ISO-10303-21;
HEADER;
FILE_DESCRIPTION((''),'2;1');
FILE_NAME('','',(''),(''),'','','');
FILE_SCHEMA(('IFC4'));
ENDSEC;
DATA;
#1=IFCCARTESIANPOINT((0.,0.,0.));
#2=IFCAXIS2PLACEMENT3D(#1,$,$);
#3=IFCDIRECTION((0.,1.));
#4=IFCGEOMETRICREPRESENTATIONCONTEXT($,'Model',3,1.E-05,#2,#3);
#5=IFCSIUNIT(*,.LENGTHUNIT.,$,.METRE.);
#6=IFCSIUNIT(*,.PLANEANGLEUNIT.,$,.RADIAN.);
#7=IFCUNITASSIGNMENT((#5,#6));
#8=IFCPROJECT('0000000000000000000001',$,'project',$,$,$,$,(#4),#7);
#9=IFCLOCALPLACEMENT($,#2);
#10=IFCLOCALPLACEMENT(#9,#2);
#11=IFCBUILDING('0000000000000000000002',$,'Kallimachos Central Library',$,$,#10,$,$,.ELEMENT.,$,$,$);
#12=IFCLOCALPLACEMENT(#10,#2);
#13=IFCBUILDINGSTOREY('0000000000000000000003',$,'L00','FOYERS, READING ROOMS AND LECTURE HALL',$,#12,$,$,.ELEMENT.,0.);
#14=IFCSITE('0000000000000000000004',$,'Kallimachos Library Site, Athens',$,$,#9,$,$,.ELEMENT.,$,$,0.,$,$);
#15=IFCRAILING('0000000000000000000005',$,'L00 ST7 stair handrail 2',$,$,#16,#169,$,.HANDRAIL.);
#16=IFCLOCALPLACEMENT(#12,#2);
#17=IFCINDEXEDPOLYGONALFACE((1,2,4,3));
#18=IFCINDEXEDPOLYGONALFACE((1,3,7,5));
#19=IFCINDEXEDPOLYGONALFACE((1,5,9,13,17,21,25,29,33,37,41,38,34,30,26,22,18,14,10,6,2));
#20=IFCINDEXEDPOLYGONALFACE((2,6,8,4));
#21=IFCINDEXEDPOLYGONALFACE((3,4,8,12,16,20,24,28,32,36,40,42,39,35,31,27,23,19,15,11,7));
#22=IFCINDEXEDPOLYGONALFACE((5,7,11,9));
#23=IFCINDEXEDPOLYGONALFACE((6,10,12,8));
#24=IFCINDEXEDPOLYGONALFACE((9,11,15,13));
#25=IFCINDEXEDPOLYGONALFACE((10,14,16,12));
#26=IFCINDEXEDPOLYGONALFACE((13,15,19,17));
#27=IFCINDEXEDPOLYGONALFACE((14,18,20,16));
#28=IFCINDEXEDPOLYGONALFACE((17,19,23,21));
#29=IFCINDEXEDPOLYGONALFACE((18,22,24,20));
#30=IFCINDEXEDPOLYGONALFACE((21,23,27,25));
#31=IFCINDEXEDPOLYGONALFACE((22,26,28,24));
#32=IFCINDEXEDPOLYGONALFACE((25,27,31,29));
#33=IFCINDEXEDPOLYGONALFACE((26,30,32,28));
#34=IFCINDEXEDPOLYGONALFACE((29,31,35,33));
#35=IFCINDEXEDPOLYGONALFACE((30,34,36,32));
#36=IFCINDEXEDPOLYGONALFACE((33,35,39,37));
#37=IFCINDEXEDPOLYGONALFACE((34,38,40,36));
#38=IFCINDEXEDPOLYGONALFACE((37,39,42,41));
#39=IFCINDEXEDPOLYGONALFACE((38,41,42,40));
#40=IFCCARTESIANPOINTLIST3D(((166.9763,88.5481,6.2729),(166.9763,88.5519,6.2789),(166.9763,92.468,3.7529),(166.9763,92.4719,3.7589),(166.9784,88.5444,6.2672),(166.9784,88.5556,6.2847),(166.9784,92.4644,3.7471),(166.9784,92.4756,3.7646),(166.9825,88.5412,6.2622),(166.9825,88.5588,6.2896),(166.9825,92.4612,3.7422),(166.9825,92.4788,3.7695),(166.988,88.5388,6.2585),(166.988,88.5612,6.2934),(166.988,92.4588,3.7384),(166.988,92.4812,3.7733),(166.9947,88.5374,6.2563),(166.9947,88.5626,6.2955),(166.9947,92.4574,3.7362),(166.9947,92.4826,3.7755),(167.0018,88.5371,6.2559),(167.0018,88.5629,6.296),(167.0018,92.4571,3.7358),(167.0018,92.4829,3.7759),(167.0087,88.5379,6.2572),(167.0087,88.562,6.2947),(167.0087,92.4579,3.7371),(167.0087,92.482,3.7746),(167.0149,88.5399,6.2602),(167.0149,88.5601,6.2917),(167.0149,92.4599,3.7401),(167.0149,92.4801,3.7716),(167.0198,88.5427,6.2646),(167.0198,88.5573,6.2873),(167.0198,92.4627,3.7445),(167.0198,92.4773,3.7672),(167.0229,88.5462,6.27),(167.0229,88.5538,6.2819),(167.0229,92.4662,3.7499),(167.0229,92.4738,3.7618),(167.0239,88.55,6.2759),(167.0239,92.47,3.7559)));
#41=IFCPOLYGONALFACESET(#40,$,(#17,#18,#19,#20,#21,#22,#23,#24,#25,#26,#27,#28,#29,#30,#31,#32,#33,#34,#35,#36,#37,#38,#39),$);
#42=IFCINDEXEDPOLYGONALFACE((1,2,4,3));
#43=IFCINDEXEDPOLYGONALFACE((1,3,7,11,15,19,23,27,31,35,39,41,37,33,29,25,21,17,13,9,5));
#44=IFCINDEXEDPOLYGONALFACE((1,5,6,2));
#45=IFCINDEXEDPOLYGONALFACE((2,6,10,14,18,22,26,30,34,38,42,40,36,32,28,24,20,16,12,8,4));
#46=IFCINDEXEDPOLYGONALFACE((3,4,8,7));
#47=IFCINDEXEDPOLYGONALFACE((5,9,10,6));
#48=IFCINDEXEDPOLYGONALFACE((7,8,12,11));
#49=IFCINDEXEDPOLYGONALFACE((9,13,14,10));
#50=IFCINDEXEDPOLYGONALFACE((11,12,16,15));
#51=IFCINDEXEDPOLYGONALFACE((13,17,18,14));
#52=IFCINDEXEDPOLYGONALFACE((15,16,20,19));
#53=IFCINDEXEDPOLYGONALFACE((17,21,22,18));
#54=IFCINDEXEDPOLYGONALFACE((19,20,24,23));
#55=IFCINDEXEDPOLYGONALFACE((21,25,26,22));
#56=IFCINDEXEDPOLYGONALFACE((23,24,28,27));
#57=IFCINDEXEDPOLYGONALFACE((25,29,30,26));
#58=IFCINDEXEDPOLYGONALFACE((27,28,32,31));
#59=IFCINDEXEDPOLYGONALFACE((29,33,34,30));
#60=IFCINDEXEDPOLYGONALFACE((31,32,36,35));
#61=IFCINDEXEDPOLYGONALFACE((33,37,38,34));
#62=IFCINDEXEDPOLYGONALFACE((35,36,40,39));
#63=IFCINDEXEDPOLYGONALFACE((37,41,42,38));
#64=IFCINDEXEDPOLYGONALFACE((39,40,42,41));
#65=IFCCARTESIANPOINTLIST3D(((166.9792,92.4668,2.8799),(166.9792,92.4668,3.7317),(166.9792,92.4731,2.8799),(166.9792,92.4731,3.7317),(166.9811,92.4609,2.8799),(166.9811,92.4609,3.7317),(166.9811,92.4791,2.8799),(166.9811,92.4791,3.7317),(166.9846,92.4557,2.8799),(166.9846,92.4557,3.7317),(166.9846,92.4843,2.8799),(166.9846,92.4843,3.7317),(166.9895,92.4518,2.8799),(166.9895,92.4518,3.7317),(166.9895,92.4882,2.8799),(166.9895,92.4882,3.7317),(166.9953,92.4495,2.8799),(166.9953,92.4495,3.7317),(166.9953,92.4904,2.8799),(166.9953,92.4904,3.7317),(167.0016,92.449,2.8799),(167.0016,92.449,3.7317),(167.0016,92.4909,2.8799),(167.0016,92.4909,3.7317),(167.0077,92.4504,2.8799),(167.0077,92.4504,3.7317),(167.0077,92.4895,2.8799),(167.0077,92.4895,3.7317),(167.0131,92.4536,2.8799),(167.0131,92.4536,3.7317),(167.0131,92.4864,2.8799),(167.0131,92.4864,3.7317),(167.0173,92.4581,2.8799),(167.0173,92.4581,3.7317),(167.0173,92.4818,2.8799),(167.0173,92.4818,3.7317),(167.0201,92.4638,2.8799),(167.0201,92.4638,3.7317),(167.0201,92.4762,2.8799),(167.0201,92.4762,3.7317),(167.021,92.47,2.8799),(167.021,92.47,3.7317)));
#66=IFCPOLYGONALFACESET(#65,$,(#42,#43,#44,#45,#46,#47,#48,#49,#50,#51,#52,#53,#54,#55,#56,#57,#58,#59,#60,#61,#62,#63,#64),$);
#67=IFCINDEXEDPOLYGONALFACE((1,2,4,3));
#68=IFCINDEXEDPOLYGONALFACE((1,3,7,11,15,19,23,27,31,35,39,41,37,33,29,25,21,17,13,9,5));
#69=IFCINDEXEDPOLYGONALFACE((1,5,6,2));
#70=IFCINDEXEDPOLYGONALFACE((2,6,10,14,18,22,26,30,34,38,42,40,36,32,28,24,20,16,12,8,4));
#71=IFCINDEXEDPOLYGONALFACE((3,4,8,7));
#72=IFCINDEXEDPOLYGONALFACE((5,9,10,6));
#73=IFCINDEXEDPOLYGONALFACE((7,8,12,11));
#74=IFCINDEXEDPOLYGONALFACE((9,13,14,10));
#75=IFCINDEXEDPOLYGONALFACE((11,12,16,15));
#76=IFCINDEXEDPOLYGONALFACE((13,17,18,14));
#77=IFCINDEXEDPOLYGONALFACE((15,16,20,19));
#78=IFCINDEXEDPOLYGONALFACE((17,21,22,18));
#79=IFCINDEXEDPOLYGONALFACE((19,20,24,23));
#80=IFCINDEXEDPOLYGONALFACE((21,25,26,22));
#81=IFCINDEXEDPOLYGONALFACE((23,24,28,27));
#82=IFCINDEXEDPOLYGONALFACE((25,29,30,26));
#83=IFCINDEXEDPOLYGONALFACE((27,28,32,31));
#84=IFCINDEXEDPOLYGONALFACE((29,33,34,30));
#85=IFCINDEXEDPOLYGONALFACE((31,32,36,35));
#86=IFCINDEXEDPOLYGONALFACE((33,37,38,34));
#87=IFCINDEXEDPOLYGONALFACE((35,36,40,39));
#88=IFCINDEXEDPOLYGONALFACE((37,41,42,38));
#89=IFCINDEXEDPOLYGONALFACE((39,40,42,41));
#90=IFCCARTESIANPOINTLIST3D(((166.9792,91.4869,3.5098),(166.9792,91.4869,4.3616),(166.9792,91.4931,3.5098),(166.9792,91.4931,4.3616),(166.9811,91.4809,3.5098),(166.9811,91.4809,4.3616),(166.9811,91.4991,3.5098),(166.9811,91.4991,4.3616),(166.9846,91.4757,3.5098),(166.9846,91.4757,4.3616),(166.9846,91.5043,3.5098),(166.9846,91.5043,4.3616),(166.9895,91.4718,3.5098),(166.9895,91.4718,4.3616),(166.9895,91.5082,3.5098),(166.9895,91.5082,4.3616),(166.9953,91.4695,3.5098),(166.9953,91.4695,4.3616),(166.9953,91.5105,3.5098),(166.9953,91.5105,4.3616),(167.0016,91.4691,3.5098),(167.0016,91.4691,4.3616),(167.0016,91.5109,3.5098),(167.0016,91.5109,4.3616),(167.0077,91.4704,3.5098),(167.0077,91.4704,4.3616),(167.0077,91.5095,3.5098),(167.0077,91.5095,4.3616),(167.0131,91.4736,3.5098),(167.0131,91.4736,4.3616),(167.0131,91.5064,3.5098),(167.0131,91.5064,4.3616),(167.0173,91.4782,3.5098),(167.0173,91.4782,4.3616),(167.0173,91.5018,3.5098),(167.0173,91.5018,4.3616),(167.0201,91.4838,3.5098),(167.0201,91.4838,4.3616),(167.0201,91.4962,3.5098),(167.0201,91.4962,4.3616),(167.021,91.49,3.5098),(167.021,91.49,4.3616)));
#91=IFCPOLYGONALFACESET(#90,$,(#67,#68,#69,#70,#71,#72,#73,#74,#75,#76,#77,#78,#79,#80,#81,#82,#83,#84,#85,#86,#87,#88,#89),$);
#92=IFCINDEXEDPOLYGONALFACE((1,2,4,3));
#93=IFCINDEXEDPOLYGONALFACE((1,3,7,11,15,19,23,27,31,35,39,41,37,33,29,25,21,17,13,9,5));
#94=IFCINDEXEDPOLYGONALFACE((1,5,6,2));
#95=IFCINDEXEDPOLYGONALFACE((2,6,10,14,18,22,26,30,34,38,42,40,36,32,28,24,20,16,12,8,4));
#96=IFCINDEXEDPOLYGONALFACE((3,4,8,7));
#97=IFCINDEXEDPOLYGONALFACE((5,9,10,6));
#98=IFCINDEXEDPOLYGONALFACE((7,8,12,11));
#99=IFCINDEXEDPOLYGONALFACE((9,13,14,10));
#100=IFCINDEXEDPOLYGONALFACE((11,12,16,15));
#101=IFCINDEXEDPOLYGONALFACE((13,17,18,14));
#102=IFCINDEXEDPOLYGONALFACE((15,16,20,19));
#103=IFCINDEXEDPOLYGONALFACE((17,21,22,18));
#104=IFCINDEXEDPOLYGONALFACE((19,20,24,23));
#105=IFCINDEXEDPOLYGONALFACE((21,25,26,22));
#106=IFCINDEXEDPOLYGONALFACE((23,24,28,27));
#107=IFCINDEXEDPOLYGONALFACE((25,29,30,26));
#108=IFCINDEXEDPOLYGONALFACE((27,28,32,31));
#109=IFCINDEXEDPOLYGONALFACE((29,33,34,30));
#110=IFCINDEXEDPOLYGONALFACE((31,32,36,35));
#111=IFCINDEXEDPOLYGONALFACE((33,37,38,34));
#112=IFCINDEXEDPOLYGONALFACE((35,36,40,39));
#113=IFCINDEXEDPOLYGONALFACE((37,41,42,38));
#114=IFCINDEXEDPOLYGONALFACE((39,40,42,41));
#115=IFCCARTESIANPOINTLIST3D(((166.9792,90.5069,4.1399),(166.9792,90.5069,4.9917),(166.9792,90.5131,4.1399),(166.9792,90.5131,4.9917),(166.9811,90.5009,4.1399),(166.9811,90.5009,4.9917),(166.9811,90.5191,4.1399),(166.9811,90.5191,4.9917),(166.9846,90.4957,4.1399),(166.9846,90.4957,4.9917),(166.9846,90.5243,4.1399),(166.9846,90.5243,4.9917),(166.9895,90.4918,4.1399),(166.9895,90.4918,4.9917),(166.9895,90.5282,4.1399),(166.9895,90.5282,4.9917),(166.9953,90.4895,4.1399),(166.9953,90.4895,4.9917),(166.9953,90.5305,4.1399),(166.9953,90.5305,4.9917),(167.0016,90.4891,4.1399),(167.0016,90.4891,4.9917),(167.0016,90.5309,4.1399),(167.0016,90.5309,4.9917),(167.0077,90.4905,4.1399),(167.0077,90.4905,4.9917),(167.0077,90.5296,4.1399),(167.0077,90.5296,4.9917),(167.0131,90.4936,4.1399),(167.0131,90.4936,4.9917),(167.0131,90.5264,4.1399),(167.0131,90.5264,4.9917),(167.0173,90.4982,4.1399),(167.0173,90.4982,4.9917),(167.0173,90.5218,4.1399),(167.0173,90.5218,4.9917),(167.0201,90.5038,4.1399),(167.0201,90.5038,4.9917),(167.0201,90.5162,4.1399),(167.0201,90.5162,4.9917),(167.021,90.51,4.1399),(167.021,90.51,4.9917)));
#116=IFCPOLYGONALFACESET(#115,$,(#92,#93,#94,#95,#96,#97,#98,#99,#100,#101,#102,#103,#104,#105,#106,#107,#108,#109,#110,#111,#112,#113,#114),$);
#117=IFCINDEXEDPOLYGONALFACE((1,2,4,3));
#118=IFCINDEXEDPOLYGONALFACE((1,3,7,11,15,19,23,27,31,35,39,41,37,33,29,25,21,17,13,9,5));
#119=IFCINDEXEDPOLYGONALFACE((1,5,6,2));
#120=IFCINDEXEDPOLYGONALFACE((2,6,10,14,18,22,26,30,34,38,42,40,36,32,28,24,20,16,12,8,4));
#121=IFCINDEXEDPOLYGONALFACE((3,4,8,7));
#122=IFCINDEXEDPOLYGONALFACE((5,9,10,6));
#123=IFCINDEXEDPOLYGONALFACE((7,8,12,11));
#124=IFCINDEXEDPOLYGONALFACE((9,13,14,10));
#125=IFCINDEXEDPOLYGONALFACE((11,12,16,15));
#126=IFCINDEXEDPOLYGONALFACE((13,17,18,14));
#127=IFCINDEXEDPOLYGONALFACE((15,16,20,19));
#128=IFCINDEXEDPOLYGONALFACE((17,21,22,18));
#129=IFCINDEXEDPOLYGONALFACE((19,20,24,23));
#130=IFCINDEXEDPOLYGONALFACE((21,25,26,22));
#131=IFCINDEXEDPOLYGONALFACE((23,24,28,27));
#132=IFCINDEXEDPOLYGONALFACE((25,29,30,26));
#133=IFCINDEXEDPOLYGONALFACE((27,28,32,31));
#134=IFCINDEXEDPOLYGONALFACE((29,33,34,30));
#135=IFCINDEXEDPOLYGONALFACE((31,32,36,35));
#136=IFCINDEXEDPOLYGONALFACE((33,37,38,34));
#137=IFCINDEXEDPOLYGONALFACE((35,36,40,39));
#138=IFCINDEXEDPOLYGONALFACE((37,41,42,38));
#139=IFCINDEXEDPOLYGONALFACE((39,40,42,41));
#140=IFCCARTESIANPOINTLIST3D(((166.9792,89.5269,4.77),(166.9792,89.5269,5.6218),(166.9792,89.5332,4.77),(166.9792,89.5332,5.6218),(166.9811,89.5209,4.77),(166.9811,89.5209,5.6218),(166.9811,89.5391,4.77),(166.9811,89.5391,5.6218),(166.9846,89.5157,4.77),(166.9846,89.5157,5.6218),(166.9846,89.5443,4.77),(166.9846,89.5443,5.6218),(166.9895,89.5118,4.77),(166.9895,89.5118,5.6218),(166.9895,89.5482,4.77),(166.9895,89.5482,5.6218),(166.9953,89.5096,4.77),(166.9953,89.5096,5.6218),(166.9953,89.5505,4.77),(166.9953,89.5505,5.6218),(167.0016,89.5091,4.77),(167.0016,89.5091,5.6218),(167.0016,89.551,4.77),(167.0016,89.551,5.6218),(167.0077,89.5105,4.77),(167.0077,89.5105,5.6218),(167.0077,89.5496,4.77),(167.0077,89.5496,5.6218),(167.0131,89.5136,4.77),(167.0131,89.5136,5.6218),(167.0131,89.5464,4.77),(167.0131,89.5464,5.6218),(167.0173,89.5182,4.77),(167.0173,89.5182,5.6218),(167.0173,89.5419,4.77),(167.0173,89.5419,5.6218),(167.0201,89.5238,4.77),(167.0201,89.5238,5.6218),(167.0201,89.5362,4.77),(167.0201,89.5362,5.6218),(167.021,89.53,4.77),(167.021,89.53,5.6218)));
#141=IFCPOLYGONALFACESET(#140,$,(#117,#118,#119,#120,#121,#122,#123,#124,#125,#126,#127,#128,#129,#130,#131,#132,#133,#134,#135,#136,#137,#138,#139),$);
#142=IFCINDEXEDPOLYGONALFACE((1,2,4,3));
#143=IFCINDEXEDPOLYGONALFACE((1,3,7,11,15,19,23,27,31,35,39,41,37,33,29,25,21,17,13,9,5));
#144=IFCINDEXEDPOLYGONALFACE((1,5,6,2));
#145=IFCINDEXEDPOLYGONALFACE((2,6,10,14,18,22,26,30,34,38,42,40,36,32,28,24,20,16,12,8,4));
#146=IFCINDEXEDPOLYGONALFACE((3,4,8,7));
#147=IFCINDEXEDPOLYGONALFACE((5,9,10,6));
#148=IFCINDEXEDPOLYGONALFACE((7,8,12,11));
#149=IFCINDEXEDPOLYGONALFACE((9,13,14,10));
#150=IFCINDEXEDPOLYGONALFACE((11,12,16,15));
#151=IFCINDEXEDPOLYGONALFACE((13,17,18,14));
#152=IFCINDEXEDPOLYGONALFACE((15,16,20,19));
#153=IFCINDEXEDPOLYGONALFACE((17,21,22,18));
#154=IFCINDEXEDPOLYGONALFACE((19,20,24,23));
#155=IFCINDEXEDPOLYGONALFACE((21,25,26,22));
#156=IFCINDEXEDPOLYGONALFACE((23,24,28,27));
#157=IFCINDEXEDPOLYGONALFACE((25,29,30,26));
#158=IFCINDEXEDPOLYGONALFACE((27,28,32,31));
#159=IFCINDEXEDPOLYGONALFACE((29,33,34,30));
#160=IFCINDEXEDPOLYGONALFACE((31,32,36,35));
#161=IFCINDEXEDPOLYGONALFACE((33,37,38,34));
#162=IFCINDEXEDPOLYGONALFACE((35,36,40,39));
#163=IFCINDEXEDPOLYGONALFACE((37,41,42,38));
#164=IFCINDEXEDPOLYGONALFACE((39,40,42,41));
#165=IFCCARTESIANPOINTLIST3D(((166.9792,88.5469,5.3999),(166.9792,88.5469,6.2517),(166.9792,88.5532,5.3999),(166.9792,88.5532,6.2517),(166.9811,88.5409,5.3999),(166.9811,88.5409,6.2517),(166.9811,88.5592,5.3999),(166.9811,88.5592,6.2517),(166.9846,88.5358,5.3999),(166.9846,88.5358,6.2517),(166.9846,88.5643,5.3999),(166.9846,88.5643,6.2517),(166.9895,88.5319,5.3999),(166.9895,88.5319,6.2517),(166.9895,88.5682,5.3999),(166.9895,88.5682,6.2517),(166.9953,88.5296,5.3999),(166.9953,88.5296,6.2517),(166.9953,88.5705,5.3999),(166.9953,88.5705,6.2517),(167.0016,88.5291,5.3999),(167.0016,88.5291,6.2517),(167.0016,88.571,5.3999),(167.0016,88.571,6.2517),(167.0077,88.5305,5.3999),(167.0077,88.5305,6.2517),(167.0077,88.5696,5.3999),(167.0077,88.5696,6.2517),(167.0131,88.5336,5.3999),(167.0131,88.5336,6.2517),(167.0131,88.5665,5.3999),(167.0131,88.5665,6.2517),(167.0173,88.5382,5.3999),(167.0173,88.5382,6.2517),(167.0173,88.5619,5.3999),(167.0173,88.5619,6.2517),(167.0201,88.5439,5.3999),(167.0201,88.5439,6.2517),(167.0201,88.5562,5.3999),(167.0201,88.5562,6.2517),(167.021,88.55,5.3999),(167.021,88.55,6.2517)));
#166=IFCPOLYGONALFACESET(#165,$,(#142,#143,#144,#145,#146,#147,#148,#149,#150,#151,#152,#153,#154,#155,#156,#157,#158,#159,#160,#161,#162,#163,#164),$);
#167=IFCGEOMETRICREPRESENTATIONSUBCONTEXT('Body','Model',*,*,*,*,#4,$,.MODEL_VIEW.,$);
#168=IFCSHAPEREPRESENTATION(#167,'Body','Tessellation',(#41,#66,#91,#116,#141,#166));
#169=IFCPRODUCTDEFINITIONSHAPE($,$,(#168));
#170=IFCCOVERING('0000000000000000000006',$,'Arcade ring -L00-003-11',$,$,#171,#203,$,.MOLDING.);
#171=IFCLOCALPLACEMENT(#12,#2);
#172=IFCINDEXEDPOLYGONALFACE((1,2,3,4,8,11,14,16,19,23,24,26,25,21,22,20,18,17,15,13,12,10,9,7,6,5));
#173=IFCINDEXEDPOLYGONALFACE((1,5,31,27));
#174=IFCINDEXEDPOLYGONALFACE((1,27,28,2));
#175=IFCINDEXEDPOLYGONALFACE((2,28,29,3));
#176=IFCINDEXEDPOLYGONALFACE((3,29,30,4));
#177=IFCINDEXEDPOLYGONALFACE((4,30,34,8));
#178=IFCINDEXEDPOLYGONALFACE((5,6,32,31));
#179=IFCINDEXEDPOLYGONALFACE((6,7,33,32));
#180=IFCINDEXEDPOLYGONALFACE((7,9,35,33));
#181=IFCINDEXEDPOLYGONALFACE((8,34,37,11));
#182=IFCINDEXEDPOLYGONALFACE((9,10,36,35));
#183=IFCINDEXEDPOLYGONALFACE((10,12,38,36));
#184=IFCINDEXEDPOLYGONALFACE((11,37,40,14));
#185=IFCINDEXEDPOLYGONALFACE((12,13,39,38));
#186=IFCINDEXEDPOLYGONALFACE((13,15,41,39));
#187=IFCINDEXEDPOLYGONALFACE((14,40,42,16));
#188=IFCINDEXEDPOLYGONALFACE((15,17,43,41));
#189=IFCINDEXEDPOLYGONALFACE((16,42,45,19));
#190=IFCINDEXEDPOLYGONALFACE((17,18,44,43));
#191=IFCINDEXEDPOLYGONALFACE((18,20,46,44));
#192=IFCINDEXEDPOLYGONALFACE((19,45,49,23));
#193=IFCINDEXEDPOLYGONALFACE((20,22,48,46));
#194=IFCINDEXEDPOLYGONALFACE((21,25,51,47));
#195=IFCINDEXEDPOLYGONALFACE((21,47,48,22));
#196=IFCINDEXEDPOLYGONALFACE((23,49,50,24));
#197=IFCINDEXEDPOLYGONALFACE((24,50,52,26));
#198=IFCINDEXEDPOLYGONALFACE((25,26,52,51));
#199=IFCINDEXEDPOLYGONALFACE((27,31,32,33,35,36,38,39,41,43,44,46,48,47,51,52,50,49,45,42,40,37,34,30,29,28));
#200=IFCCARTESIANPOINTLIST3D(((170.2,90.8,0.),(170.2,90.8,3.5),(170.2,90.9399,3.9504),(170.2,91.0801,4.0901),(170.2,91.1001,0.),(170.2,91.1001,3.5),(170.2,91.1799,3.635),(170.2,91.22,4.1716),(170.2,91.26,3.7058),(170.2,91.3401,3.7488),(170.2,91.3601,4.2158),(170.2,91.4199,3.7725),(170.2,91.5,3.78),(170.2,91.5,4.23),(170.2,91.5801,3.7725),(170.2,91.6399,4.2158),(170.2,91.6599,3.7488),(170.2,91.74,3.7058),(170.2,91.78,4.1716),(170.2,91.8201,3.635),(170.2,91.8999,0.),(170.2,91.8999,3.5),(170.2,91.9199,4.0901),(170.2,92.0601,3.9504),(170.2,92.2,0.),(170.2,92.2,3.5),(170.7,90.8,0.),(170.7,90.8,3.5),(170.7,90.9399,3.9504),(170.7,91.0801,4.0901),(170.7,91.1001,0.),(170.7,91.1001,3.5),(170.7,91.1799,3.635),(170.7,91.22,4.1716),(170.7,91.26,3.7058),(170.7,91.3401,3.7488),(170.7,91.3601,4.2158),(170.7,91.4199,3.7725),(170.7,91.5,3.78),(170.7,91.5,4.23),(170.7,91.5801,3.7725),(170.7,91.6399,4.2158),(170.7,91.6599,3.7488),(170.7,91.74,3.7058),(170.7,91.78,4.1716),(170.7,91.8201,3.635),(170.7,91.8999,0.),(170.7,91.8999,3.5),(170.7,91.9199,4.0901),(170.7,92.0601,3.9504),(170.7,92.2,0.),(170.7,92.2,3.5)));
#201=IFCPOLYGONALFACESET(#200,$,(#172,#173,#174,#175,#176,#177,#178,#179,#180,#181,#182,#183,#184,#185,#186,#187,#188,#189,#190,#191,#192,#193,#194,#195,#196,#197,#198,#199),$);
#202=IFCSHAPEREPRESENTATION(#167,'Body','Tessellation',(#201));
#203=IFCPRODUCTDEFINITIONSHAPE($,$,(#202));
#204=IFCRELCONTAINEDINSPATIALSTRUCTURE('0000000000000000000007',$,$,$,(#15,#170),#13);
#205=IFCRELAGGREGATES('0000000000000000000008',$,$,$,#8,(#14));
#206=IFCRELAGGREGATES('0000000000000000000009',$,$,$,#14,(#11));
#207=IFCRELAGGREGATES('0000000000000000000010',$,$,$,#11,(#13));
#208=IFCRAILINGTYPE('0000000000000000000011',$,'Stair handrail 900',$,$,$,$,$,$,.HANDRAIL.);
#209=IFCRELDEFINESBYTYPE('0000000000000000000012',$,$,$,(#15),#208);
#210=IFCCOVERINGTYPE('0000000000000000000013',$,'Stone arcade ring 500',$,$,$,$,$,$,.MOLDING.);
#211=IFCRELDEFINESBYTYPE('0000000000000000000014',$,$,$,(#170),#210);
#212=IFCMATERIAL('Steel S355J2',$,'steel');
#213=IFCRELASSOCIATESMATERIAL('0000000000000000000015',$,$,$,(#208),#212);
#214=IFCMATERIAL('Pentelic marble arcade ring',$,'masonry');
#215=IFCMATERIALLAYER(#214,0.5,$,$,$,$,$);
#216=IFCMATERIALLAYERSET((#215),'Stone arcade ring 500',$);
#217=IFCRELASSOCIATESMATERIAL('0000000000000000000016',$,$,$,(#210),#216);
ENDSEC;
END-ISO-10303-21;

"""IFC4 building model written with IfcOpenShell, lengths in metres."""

from ifc_helpers import new_model, si_unit, direction, frame, origin, origin_2d, place, context, subcontext, project, spatial, polyline, circle, outline, extrude, material, layer, layer_set, type_object, element, save


model = new_model("IFC4")

# Units and contexts
model_context = context("Model", 3, precision=1e-05, world=origin(), true_north=direction((0.0, 1.0)))
body_context = subcontext(model_context, "Body", "Model", "MODEL_VIEW")
ifc_project = project(units=[si_unit("LENGTHUNIT", "METRE"), si_unit("PLANEANGLEUNIT", "RADIAN")], contexts=[model_context])

# Site, building, storey
site_placement = place(None, origin())
site = spatial("IfcSite", under=ifc_project, at=site_placement, Name="Kallimachos Library Site, Athens", CompositionType="ELEMENT", RefElevation=0.0)
building_placement = place(site_placement, origin())
building = spatial("IfcBuilding", under=site, at=building_placement, Name="Kallimachos Central Library", CompositionType="ELEMENT")
storey_placement = place(building_placement, origin())
storey = spatial("IfcBuildingStorey", under=building, at=storey_placement, Name="L00", Description="FOYERS, READING ROOMS AND LECTURE HALL", CompositionType="ELEMENT", Elevation=0.0)

# Railing
ifc_material_1 = material(Name="Steel S355J2", Category="steel")
railing_type_1 = type_object("IfcRailingType", Name="Stair handrail 900", PredefinedType="HANDRAIL", material=ifc_material_1)
railing_1_placement = place(storey_placement, frame((167.0, 92.47, 2.8799)))
element("IfcRailing", 1, at=railing_1_placement, inside=storey, type_object=railing_type_1, Name="L00 ST7 stair handrail 2", PredefinedType="HANDRAIL", context=body_context, shape_type="SweptSolid", body=[
    extrude(circle(Radius=0.0239, at=origin_2d()), frame((0.0, 0.0, 0.876), z_axis=(0.0, -0.841172, 0.540768), x_axis=(1.0, 0.0, 0.0)), (0.0, 0.0, 1.0), 4.6602),
    extrude(circle(Radius=0.021, at=origin_2d()), origin(), (0.0, 0.0, 1.0), 0.8518),
    extrude(circle(Radius=0.021, at=origin_2d()), frame((0.0, -0.98, 0.6299)), (0.0, 0.0, 1.0), 0.8518),
    extrude(circle(Radius=0.021, at=origin_2d()), frame((0.0, -1.96, 1.26)), (0.0, 0.0, 1.0), 0.8518),
    extrude(circle(Radius=0.021, at=origin_2d()), frame((0.0, -2.9399, 1.8901)), (0.0, 0.0, 1.0), 0.8518),
    extrude(circle(Radius=0.021, at=origin_2d()), frame((0.0, -3.9199, 2.52)), (0.0, 0.0, 1.0), 0.8518),
])

# Covering
ifc_material_2 = material(Name="Pentelic marble arcade ring", Category="masonry")
ifc_layer_1 = layer(ifc_material_2, 0.5)
ifc_layer_set_1 = layer_set([ifc_layer_1], Name="Stone arcade ring 500")
covering_type_1 = type_object("IfcCoveringType", Name="Stone arcade ring 500", PredefinedType="MOLDING", material=ifc_layer_set_1)
covering_1_placement = place(storey_placement, frame((170.7, 91.1001, 0.0), z_axis=(1.0, 0.0, 0.0), x_axis=(0.0, 0.0, 1.0)))
element("IfcCovering", 2, at=covering_1_placement, inside=storey, type_object=covering_type_1, Name="Arcade ring -L00-003-11", PredefinedType="MOLDING", context=body_context, shape_type="SweptSolid", body=[
    extrude(outline(polyline([(0.0, 0.0), (3.5, 0.0), (3.635, -0.0798), (3.7058, -0.1599), (3.7488, -0.24), (3.7725, -0.3198), (3.78, -0.3999), (3.7725, -0.48), (3.7488, -0.5598), (3.7058, -0.6399), (3.635, -0.72), (3.5, -0.7998), (0.0, -0.7998), (0.0, -1.0999), (3.5, -1.0999), (3.9504, -0.96), (4.0901, -0.8198), (4.1716, -0.6799), (4.2158, -0.5398), (4.23, -0.3999), (4.2158, -0.26), (4.1716, -0.1199), (4.0901, 0.02), (3.9504, 0.1602), (3.5, 0.3), (0.0, 0.3), (0.0, 0.0)])), origin(), (0.0, 0.0, -1.0), 0.5),
])

save(model, "model.ifc")
